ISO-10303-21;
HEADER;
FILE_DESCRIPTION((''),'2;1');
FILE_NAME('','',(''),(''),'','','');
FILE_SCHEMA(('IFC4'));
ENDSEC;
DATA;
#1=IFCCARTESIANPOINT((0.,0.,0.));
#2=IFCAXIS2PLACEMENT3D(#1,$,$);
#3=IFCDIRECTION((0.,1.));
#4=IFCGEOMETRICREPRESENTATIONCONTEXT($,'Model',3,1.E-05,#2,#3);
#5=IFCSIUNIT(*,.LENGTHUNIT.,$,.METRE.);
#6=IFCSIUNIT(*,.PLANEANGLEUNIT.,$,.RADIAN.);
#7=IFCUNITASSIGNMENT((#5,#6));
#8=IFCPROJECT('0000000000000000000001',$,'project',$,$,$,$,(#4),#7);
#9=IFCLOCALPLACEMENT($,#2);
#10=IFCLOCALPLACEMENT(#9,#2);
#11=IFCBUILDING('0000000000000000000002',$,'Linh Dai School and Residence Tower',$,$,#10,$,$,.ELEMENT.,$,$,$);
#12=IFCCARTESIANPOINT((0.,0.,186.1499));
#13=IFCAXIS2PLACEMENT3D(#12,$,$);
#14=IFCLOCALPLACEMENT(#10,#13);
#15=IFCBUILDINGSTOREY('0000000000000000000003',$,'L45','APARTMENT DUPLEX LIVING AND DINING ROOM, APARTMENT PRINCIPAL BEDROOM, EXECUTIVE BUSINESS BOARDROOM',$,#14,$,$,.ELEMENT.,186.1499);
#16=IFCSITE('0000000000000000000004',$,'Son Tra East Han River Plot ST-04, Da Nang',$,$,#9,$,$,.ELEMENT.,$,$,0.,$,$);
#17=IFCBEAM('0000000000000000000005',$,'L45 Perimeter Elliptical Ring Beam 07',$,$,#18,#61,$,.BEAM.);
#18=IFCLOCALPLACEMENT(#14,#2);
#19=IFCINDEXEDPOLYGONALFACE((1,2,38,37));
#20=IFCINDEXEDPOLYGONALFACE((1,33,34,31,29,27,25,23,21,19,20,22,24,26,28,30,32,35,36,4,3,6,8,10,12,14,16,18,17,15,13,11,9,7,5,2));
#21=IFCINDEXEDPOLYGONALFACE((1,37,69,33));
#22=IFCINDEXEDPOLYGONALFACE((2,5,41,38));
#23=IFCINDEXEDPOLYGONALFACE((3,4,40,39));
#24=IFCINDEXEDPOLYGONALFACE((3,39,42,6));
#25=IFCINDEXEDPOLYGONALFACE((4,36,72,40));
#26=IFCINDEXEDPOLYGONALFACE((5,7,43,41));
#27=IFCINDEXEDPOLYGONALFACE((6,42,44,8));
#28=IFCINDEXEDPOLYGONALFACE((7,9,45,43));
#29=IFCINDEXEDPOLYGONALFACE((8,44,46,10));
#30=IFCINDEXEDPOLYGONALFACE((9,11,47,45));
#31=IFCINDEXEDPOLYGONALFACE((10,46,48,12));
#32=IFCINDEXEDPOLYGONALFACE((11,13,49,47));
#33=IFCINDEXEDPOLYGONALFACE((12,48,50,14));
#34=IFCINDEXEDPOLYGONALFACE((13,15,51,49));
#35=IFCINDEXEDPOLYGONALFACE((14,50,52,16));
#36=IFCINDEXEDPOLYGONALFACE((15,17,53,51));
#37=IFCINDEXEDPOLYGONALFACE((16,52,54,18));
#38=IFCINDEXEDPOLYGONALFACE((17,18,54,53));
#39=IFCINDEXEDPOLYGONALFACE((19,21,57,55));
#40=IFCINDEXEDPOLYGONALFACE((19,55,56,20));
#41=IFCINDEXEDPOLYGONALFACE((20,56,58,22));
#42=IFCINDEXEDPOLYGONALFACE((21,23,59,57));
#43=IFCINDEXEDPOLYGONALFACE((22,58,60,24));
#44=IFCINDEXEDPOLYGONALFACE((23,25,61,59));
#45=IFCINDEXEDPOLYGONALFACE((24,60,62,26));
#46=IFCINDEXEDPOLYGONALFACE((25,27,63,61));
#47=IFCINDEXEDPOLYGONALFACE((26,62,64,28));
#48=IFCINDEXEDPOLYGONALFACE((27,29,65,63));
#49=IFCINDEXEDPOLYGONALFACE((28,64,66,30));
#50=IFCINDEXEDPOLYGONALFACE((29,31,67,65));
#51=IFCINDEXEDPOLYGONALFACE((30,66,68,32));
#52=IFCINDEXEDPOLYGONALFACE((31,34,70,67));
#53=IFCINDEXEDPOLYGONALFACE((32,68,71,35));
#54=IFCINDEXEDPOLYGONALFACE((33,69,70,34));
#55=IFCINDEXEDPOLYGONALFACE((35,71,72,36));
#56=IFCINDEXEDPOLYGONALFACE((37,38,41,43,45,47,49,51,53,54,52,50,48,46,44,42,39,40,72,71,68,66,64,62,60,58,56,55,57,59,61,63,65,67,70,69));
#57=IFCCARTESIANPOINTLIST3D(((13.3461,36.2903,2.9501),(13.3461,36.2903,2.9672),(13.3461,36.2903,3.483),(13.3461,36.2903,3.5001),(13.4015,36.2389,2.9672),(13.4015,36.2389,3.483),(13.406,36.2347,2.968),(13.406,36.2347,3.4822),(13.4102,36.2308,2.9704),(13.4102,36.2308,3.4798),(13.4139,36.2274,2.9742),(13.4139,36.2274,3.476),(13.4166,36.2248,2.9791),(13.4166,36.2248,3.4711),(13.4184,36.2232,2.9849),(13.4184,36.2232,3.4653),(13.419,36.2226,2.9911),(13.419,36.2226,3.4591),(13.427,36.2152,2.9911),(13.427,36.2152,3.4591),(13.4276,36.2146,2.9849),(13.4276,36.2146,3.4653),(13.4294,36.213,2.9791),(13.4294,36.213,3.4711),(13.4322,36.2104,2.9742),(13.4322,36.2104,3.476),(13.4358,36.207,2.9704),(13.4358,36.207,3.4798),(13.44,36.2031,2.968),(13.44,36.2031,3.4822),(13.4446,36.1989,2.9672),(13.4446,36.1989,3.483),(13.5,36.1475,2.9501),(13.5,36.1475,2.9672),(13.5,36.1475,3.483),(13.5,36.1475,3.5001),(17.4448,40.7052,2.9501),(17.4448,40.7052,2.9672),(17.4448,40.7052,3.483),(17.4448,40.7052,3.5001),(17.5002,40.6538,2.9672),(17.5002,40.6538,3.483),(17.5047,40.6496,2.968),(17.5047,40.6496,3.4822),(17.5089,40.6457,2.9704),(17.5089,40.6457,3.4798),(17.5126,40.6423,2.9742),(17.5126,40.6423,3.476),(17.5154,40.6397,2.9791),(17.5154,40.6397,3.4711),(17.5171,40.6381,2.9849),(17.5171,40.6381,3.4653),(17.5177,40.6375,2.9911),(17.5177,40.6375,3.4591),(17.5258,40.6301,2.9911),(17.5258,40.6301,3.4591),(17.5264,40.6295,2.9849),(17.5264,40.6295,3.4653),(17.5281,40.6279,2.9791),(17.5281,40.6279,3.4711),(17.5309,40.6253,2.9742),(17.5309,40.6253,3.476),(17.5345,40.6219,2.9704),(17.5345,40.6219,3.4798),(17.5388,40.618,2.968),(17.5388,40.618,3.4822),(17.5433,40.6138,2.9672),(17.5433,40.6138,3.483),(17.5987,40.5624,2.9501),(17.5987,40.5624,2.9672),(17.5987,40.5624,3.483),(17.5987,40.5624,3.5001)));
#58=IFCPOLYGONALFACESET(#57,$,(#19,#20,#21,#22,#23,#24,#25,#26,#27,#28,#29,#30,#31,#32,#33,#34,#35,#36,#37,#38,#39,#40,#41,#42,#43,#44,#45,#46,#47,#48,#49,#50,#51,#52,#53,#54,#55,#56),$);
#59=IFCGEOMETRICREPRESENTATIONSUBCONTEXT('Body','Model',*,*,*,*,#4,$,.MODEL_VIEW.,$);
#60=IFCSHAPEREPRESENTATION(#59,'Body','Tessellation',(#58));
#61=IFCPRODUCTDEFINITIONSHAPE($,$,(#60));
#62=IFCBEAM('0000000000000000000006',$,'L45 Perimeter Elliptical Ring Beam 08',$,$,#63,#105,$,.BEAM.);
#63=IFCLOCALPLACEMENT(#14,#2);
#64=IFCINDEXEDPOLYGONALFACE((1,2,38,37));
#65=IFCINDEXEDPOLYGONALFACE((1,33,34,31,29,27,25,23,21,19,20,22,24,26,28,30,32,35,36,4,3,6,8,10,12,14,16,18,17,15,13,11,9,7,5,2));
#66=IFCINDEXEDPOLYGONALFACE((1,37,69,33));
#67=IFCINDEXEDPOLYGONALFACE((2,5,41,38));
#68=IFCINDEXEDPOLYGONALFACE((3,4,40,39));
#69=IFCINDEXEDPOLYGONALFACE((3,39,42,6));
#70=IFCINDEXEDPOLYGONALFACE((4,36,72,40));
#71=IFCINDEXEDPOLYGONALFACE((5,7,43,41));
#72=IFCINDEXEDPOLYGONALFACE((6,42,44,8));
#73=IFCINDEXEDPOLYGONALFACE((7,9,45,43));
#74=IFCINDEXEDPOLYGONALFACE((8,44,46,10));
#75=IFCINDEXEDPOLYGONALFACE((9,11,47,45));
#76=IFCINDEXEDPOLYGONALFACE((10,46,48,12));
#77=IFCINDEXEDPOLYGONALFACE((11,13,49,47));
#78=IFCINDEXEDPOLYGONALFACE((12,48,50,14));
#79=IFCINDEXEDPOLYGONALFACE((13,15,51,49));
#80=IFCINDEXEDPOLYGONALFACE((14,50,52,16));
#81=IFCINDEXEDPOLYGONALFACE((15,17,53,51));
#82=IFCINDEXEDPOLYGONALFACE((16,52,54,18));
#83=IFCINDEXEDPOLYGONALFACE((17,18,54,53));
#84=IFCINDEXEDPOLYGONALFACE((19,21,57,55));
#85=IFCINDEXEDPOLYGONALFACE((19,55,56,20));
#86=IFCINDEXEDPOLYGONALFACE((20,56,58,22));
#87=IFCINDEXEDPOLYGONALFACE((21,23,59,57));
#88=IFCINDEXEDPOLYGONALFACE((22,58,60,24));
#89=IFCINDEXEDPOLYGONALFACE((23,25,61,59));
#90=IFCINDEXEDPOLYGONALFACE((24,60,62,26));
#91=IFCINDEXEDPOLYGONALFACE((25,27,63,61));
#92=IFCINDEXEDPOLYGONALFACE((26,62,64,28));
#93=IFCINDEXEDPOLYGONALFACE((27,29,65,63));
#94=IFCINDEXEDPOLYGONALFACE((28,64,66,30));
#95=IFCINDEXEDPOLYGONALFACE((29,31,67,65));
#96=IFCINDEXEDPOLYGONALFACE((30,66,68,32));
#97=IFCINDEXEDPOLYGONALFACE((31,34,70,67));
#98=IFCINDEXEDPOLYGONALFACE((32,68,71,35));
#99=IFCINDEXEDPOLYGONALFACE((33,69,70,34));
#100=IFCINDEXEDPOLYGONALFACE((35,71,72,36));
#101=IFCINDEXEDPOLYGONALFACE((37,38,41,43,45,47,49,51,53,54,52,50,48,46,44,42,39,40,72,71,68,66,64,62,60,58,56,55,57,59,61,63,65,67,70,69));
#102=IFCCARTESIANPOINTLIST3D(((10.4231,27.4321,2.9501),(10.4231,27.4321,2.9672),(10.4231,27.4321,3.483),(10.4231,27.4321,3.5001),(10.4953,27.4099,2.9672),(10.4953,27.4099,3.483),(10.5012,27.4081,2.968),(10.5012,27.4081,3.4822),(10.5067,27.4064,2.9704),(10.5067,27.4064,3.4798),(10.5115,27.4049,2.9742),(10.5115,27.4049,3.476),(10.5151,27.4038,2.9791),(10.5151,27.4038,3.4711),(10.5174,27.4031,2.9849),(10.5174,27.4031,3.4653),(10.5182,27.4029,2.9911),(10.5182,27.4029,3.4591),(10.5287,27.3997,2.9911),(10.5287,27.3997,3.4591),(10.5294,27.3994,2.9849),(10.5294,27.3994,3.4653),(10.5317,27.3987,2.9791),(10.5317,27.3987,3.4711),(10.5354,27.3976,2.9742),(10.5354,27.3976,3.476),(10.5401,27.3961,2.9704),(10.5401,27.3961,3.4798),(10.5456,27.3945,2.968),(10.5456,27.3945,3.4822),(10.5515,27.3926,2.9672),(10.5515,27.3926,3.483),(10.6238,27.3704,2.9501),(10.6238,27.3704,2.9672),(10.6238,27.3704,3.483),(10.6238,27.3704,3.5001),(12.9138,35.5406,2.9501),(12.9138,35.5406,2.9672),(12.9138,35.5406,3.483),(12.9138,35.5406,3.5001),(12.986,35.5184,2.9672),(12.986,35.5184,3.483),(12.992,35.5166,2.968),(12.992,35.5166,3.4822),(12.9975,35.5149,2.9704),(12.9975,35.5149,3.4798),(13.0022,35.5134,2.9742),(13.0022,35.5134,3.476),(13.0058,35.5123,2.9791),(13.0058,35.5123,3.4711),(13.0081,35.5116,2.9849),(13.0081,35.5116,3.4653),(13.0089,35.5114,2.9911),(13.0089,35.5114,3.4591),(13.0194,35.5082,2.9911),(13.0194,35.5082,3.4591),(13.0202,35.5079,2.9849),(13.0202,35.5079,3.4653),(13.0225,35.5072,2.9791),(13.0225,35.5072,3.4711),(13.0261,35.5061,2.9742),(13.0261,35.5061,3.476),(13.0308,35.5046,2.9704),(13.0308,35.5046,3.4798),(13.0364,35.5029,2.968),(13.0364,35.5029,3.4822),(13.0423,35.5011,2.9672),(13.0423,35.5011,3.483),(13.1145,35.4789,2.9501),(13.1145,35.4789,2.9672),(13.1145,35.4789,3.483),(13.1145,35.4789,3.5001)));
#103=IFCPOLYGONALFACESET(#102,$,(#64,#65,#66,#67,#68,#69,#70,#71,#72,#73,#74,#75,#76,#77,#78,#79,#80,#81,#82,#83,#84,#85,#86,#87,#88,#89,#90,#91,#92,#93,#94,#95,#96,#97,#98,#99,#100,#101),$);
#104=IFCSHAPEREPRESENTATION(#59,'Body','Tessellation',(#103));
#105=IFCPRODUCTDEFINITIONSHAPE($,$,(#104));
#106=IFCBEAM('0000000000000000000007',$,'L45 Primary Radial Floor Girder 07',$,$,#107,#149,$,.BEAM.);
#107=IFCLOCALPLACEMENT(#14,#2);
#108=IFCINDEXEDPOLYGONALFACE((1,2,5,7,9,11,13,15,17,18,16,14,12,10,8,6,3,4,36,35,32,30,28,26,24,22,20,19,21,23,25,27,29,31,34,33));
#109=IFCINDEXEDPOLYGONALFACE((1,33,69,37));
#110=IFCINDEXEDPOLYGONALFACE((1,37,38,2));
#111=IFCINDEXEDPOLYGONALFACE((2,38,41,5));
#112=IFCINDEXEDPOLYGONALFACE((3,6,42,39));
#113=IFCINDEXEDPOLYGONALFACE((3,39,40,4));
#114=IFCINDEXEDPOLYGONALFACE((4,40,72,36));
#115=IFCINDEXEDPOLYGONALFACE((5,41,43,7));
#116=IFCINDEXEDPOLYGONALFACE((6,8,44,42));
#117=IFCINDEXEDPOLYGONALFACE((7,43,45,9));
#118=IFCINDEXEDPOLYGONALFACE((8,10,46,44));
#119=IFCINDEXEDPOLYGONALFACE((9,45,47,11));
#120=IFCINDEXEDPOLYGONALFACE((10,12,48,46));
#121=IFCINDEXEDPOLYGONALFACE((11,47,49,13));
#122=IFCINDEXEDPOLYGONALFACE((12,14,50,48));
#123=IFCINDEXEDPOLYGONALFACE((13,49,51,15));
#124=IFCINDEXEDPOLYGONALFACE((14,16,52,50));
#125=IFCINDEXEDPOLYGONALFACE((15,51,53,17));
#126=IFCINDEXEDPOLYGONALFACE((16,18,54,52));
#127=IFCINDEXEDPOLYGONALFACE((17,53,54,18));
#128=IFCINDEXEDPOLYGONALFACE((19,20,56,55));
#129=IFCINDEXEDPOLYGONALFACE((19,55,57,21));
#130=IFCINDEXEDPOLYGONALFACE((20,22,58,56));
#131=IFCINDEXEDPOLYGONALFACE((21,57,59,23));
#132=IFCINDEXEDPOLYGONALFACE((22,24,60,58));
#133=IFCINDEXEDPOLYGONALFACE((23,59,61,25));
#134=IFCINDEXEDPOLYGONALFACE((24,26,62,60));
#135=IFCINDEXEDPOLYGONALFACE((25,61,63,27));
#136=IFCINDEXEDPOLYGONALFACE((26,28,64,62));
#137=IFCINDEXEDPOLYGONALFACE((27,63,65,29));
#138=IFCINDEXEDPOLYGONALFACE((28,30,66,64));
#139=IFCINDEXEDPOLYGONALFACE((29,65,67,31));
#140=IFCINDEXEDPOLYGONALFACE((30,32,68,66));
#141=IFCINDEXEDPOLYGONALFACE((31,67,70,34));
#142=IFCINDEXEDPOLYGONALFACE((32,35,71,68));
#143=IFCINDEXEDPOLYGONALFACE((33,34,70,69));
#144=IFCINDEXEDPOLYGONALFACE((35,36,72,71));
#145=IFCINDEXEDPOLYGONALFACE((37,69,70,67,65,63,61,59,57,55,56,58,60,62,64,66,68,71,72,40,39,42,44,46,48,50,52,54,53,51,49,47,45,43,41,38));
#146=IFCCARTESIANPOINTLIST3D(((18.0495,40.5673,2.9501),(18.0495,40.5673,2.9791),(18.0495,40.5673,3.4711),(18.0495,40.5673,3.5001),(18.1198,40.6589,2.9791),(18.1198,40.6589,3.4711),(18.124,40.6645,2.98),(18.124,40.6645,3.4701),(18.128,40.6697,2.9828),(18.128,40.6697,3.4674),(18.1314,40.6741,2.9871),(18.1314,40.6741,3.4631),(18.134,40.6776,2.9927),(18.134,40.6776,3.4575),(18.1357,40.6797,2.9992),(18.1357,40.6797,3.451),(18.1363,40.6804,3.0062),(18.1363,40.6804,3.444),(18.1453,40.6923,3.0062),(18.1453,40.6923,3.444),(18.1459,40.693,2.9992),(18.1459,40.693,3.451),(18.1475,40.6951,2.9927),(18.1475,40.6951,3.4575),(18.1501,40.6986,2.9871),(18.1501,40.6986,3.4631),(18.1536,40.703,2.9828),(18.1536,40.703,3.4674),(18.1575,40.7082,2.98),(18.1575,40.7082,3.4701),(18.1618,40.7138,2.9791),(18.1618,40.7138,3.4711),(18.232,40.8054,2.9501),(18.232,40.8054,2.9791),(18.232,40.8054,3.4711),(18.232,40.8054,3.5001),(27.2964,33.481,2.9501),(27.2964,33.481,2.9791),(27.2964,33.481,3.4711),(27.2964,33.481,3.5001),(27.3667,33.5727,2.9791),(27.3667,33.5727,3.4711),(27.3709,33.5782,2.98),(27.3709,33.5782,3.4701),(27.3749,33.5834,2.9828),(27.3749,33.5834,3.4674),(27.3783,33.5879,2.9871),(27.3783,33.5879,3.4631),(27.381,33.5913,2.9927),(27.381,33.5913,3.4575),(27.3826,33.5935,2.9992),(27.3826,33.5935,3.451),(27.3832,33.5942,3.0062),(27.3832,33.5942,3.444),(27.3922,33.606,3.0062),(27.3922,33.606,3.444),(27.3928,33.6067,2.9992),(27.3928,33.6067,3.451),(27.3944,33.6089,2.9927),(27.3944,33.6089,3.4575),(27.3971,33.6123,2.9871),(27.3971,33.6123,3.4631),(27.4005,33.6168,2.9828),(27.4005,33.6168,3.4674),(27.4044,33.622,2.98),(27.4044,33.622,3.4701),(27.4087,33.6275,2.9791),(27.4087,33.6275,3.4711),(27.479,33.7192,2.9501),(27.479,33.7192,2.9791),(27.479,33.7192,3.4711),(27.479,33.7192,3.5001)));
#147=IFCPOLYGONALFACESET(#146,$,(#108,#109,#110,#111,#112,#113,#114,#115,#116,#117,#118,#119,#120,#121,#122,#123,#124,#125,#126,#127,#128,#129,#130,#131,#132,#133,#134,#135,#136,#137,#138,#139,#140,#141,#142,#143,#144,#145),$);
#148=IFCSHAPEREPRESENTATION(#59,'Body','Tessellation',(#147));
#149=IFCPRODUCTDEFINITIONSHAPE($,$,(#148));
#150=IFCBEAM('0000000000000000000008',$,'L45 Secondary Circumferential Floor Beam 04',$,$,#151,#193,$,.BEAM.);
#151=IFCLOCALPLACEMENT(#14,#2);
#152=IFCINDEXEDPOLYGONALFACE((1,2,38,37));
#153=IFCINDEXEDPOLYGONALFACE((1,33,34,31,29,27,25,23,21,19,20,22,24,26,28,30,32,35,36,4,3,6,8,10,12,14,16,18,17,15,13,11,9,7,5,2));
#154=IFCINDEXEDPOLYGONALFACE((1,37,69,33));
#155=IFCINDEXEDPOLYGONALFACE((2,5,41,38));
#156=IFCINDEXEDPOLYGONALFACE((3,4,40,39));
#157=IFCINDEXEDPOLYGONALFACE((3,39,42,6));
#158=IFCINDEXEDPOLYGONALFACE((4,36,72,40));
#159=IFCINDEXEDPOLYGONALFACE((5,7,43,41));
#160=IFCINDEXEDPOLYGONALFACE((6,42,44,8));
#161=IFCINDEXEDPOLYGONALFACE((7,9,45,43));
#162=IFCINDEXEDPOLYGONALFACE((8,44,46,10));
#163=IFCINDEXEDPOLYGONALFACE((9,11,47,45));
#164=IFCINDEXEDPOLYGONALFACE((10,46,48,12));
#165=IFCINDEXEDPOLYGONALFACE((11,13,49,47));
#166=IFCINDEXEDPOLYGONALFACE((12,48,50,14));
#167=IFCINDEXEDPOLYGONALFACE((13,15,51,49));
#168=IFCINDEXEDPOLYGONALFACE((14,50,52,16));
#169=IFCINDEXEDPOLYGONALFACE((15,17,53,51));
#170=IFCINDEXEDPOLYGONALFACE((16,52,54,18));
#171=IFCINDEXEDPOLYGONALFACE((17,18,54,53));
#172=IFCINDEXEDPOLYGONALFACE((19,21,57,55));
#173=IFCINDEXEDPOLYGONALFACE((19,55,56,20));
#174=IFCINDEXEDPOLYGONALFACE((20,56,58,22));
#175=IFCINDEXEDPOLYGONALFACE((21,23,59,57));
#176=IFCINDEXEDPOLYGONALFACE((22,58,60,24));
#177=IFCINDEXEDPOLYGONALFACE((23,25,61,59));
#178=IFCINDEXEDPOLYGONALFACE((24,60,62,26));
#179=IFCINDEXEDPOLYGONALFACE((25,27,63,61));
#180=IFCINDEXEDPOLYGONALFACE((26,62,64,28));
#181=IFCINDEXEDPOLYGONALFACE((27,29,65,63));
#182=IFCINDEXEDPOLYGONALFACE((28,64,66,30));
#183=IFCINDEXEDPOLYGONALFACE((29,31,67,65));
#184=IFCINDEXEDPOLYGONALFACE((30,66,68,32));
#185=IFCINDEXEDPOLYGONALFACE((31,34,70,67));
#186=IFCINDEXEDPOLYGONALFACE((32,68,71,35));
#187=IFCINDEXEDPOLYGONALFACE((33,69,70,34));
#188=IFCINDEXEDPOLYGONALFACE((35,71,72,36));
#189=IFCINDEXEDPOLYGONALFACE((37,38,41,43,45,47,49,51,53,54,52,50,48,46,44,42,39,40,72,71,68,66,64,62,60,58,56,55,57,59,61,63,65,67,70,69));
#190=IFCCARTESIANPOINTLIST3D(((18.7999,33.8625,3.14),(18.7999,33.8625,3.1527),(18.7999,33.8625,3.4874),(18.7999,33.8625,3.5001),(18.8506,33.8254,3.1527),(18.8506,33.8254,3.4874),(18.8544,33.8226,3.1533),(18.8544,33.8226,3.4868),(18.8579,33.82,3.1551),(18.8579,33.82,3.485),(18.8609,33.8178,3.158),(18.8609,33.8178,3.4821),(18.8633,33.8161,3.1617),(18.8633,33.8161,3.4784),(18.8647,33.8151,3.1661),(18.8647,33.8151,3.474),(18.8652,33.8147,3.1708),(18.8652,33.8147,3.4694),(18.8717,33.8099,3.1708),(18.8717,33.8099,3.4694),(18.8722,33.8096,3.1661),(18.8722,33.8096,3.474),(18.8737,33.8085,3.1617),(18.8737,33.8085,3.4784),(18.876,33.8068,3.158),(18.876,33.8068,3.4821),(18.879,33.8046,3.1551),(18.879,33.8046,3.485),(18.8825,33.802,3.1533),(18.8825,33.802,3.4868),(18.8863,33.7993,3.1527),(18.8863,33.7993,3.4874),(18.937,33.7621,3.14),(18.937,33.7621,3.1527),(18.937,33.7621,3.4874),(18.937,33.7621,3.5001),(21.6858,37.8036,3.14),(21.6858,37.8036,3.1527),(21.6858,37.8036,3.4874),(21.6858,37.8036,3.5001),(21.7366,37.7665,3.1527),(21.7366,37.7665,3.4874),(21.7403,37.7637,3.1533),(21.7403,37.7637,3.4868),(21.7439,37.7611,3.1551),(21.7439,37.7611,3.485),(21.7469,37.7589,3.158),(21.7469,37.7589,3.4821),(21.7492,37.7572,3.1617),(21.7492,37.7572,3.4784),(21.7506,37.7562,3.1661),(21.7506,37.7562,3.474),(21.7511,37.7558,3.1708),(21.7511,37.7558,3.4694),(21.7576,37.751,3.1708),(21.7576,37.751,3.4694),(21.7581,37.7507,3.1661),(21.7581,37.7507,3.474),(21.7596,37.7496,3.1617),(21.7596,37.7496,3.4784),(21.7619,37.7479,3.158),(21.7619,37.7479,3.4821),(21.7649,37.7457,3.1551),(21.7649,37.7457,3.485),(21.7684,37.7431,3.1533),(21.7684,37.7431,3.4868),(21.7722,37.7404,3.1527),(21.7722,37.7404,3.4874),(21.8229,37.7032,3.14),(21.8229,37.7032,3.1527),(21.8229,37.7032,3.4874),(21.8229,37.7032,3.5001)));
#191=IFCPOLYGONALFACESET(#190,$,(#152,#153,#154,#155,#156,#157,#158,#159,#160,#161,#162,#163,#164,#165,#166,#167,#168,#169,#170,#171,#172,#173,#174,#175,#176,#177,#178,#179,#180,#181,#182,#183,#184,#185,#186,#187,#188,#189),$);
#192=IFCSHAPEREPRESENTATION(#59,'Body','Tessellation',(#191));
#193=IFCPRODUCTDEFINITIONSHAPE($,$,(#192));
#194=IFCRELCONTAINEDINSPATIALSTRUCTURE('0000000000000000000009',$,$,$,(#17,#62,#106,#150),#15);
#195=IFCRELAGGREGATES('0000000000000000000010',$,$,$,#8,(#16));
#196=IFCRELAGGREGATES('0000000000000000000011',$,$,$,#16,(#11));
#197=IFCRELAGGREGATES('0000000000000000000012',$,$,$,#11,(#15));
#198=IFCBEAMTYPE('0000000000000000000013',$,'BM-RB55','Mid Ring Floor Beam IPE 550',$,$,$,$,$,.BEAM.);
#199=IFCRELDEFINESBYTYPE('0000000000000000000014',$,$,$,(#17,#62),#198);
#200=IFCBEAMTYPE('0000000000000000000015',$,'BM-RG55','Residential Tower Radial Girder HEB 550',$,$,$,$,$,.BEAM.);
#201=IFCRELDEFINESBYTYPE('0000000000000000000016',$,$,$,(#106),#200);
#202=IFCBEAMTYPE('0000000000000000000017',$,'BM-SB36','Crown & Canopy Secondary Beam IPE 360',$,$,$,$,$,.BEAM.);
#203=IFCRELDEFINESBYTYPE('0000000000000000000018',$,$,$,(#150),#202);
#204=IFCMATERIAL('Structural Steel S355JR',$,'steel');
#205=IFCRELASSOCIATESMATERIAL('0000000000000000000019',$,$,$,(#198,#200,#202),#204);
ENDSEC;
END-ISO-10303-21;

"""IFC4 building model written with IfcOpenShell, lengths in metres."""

from ifc_helpers import new_model, si_unit, direction, frame, origin, origin_2d, place, context, subcontext, project, spatial, i_section, extrude, material, material_profile, profile_set, type_object, element, save


model = new_model("IFC4")

# Units and contexts
model_context = context("Model", 3, precision=1e-05, world=origin(), true_north=direction((0.0, 1.0)))
body_context = subcontext(model_context, "Body", "Model", "MODEL_VIEW")
ifc_project = project(units=[si_unit("LENGTHUNIT", "METRE"), si_unit("PLANEANGLEUNIT", "RADIAN")], contexts=[model_context])

# Site, building, storey
site_placement = place(None, origin())
site = spatial("IfcSite", under=ifc_project, at=site_placement, Name="Son Tra East Han River Plot ST-04, Da Nang", CompositionType="ELEMENT", RefElevation=0.0)
building_placement = place(site_placement, origin())
building = spatial("IfcBuilding", under=site, at=building_placement, Name="Linh Dai School and Residence Tower", CompositionType="ELEMENT")
storey_placement = place(building_placement, frame((0.0, 0.0, 186.1499)))
storey = spatial("IfcBuildingStorey", under=building, at=storey_placement, Name="L45", Description="APARTMENT DUPLEX LIVING AND DINING ROOM, APARTMENT PRINCIPAL BEDROOM, EXECUTIVE BUSINESS BOARDROOM", CompositionType="ELEMENT", Elevation=186.1499)

# Shared definitions
ifc_material_1 = material(Name="Structural Steel S355JR", Category="steel")

# Beams
ifc_material_profile_1 = material_profile(ifc_material_1, i_section(OverallWidth=0.21, OverallDepth=0.55, WebThickness=0.011, FlangeThickness=0.0171, FilletRadius=0.0239, at=origin_2d()), Name="IPE 550")
ifc_profile_set_1 = profile_set([ifc_material_profile_1], Name="Structural Steel S355JR")
beam_type_1 = type_object("IfcBeamType", Name="BM-RB55", Description="Mid Ring Floor Beam IPE 550", PredefinedType="BEAM", material=ifc_profile_set_1)
beam_1_placement = place(storey_placement, frame((17.5217, 40.6338, 3.2251), z_axis=(-0.680378, -0.732861, 0.0), x_axis=(0.732861, -0.680378, 0.0)))
element("IfcBeam", 1, at=beam_1_placement, inside=storey, type_object=beam_type_1, Name="L45 Perimeter Elliptical Ring Beam 07", PredefinedType="BEAM", context=body_context, shape_type="SweptSolid", body=[
    extrude(i_section(OverallWidth=0.21, OverallDepth=0.55, WebThickness=0.011, FlangeThickness=0.0171, FilletRadius=0.0239, at=origin_2d()), origin(), (0.0, 0.0, 1.0), 6.0242),
])
beam_2_placement = place(storey_placement, frame((13.0142, 35.5098, 3.2251), z_axis=(-0.293637, -0.955917, 0.0), x_axis=(0.955917, -0.293637, 0.0)))
element("IfcBeam", 2, at=beam_2_placement, inside=storey, type_object=beam_type_1, Name="L45 Perimeter Elliptical Ring Beam 08", PredefinedType="BEAM", context=body_context, shape_type="SweptSolid", body=[
    extrude(i_section(OverallWidth=0.21, OverallDepth=0.55, WebThickness=0.011, FlangeThickness=0.0171, FilletRadius=0.0239, at=origin_2d()), origin(), (0.0, 0.0, 1.0), 8.4824),
])
ifc_material_profile_2 = material_profile(ifc_material_1, i_section(OverallWidth=0.3, OverallDepth=0.55, WebThickness=0.0149, FlangeThickness=0.0291, FilletRadius=0.0271, at=origin_2d()), Name="HEB 550")
ifc_profile_set_2 = profile_set([ifc_material_profile_2], Name="Structural Steel S355JR")
beam_type_2 = type_object("IfcBeamType", Name="BM-RG55", Description="Residential Tower Radial Girder HEB 550", PredefinedType="BEAM", material=ifc_profile_set_2)
beam_3_placement = place(storey_placement, frame((27.3877, 33.6001, 3.2251), z_axis=(-0.793733, 0.608267, 0.0), x_axis=(-0.608267, -0.793733, 0.0)))
element("IfcBeam", 3, at=beam_3_placement, inside=storey, type_object=beam_type_2, Name="L45 Primary Radial Floor Girder 07", PredefinedType="BEAM", context=body_context, shape_type="SweptSolid", body=[
    extrude(i_section(OverallWidth=0.3, OverallDepth=0.55, WebThickness=0.0149, FlangeThickness=0.0291, FilletRadius=0.0271, at=origin_2d()), origin(), (0.0, 0.0, 1.0), 11.6499),
])
ifc_material_profile_3 = material_profile(ifc_material_1, i_section(OverallWidth=0.1699, OverallDepth=0.3601, WebThickness=0.0081, FlangeThickness=0.0127, FilletRadius=0.0181, at=origin_2d()), Name="IPE 360")
ifc_profile_set_3 = profile_set([ifc_material_profile_3], Name="Structural Steel S355JR")
beam_type_3 = type_object("IfcBeamType", Name="BM-SB36", Description="Crown & Canopy Secondary Beam IPE 360", PredefinedType="BEAM", material=ifc_profile_set_3)
beam_4_placement = place(storey_placement, frame((21.7544, 37.7534, 3.3201), z_axis=(-0.590805, -0.806815, 0.0), x_axis=(0.806815, -0.590805, 0.0)))
element("IfcBeam", 4, at=beam_4_placement, inside=storey, type_object=beam_type_3, Name="L45 Secondary Circumferential Floor Beam 04", PredefinedType="BEAM", context=body_context, shape_type="SweptSolid", body=[
    extrude(i_section(OverallWidth=0.1699, OverallDepth=0.3601, WebThickness=0.0081, FlangeThickness=0.0127, FilletRadius=0.0181, at=origin_2d()), origin(), (0.0, 0.0, 1.0), 4.8848),
])

save(model, "model.ifc")
